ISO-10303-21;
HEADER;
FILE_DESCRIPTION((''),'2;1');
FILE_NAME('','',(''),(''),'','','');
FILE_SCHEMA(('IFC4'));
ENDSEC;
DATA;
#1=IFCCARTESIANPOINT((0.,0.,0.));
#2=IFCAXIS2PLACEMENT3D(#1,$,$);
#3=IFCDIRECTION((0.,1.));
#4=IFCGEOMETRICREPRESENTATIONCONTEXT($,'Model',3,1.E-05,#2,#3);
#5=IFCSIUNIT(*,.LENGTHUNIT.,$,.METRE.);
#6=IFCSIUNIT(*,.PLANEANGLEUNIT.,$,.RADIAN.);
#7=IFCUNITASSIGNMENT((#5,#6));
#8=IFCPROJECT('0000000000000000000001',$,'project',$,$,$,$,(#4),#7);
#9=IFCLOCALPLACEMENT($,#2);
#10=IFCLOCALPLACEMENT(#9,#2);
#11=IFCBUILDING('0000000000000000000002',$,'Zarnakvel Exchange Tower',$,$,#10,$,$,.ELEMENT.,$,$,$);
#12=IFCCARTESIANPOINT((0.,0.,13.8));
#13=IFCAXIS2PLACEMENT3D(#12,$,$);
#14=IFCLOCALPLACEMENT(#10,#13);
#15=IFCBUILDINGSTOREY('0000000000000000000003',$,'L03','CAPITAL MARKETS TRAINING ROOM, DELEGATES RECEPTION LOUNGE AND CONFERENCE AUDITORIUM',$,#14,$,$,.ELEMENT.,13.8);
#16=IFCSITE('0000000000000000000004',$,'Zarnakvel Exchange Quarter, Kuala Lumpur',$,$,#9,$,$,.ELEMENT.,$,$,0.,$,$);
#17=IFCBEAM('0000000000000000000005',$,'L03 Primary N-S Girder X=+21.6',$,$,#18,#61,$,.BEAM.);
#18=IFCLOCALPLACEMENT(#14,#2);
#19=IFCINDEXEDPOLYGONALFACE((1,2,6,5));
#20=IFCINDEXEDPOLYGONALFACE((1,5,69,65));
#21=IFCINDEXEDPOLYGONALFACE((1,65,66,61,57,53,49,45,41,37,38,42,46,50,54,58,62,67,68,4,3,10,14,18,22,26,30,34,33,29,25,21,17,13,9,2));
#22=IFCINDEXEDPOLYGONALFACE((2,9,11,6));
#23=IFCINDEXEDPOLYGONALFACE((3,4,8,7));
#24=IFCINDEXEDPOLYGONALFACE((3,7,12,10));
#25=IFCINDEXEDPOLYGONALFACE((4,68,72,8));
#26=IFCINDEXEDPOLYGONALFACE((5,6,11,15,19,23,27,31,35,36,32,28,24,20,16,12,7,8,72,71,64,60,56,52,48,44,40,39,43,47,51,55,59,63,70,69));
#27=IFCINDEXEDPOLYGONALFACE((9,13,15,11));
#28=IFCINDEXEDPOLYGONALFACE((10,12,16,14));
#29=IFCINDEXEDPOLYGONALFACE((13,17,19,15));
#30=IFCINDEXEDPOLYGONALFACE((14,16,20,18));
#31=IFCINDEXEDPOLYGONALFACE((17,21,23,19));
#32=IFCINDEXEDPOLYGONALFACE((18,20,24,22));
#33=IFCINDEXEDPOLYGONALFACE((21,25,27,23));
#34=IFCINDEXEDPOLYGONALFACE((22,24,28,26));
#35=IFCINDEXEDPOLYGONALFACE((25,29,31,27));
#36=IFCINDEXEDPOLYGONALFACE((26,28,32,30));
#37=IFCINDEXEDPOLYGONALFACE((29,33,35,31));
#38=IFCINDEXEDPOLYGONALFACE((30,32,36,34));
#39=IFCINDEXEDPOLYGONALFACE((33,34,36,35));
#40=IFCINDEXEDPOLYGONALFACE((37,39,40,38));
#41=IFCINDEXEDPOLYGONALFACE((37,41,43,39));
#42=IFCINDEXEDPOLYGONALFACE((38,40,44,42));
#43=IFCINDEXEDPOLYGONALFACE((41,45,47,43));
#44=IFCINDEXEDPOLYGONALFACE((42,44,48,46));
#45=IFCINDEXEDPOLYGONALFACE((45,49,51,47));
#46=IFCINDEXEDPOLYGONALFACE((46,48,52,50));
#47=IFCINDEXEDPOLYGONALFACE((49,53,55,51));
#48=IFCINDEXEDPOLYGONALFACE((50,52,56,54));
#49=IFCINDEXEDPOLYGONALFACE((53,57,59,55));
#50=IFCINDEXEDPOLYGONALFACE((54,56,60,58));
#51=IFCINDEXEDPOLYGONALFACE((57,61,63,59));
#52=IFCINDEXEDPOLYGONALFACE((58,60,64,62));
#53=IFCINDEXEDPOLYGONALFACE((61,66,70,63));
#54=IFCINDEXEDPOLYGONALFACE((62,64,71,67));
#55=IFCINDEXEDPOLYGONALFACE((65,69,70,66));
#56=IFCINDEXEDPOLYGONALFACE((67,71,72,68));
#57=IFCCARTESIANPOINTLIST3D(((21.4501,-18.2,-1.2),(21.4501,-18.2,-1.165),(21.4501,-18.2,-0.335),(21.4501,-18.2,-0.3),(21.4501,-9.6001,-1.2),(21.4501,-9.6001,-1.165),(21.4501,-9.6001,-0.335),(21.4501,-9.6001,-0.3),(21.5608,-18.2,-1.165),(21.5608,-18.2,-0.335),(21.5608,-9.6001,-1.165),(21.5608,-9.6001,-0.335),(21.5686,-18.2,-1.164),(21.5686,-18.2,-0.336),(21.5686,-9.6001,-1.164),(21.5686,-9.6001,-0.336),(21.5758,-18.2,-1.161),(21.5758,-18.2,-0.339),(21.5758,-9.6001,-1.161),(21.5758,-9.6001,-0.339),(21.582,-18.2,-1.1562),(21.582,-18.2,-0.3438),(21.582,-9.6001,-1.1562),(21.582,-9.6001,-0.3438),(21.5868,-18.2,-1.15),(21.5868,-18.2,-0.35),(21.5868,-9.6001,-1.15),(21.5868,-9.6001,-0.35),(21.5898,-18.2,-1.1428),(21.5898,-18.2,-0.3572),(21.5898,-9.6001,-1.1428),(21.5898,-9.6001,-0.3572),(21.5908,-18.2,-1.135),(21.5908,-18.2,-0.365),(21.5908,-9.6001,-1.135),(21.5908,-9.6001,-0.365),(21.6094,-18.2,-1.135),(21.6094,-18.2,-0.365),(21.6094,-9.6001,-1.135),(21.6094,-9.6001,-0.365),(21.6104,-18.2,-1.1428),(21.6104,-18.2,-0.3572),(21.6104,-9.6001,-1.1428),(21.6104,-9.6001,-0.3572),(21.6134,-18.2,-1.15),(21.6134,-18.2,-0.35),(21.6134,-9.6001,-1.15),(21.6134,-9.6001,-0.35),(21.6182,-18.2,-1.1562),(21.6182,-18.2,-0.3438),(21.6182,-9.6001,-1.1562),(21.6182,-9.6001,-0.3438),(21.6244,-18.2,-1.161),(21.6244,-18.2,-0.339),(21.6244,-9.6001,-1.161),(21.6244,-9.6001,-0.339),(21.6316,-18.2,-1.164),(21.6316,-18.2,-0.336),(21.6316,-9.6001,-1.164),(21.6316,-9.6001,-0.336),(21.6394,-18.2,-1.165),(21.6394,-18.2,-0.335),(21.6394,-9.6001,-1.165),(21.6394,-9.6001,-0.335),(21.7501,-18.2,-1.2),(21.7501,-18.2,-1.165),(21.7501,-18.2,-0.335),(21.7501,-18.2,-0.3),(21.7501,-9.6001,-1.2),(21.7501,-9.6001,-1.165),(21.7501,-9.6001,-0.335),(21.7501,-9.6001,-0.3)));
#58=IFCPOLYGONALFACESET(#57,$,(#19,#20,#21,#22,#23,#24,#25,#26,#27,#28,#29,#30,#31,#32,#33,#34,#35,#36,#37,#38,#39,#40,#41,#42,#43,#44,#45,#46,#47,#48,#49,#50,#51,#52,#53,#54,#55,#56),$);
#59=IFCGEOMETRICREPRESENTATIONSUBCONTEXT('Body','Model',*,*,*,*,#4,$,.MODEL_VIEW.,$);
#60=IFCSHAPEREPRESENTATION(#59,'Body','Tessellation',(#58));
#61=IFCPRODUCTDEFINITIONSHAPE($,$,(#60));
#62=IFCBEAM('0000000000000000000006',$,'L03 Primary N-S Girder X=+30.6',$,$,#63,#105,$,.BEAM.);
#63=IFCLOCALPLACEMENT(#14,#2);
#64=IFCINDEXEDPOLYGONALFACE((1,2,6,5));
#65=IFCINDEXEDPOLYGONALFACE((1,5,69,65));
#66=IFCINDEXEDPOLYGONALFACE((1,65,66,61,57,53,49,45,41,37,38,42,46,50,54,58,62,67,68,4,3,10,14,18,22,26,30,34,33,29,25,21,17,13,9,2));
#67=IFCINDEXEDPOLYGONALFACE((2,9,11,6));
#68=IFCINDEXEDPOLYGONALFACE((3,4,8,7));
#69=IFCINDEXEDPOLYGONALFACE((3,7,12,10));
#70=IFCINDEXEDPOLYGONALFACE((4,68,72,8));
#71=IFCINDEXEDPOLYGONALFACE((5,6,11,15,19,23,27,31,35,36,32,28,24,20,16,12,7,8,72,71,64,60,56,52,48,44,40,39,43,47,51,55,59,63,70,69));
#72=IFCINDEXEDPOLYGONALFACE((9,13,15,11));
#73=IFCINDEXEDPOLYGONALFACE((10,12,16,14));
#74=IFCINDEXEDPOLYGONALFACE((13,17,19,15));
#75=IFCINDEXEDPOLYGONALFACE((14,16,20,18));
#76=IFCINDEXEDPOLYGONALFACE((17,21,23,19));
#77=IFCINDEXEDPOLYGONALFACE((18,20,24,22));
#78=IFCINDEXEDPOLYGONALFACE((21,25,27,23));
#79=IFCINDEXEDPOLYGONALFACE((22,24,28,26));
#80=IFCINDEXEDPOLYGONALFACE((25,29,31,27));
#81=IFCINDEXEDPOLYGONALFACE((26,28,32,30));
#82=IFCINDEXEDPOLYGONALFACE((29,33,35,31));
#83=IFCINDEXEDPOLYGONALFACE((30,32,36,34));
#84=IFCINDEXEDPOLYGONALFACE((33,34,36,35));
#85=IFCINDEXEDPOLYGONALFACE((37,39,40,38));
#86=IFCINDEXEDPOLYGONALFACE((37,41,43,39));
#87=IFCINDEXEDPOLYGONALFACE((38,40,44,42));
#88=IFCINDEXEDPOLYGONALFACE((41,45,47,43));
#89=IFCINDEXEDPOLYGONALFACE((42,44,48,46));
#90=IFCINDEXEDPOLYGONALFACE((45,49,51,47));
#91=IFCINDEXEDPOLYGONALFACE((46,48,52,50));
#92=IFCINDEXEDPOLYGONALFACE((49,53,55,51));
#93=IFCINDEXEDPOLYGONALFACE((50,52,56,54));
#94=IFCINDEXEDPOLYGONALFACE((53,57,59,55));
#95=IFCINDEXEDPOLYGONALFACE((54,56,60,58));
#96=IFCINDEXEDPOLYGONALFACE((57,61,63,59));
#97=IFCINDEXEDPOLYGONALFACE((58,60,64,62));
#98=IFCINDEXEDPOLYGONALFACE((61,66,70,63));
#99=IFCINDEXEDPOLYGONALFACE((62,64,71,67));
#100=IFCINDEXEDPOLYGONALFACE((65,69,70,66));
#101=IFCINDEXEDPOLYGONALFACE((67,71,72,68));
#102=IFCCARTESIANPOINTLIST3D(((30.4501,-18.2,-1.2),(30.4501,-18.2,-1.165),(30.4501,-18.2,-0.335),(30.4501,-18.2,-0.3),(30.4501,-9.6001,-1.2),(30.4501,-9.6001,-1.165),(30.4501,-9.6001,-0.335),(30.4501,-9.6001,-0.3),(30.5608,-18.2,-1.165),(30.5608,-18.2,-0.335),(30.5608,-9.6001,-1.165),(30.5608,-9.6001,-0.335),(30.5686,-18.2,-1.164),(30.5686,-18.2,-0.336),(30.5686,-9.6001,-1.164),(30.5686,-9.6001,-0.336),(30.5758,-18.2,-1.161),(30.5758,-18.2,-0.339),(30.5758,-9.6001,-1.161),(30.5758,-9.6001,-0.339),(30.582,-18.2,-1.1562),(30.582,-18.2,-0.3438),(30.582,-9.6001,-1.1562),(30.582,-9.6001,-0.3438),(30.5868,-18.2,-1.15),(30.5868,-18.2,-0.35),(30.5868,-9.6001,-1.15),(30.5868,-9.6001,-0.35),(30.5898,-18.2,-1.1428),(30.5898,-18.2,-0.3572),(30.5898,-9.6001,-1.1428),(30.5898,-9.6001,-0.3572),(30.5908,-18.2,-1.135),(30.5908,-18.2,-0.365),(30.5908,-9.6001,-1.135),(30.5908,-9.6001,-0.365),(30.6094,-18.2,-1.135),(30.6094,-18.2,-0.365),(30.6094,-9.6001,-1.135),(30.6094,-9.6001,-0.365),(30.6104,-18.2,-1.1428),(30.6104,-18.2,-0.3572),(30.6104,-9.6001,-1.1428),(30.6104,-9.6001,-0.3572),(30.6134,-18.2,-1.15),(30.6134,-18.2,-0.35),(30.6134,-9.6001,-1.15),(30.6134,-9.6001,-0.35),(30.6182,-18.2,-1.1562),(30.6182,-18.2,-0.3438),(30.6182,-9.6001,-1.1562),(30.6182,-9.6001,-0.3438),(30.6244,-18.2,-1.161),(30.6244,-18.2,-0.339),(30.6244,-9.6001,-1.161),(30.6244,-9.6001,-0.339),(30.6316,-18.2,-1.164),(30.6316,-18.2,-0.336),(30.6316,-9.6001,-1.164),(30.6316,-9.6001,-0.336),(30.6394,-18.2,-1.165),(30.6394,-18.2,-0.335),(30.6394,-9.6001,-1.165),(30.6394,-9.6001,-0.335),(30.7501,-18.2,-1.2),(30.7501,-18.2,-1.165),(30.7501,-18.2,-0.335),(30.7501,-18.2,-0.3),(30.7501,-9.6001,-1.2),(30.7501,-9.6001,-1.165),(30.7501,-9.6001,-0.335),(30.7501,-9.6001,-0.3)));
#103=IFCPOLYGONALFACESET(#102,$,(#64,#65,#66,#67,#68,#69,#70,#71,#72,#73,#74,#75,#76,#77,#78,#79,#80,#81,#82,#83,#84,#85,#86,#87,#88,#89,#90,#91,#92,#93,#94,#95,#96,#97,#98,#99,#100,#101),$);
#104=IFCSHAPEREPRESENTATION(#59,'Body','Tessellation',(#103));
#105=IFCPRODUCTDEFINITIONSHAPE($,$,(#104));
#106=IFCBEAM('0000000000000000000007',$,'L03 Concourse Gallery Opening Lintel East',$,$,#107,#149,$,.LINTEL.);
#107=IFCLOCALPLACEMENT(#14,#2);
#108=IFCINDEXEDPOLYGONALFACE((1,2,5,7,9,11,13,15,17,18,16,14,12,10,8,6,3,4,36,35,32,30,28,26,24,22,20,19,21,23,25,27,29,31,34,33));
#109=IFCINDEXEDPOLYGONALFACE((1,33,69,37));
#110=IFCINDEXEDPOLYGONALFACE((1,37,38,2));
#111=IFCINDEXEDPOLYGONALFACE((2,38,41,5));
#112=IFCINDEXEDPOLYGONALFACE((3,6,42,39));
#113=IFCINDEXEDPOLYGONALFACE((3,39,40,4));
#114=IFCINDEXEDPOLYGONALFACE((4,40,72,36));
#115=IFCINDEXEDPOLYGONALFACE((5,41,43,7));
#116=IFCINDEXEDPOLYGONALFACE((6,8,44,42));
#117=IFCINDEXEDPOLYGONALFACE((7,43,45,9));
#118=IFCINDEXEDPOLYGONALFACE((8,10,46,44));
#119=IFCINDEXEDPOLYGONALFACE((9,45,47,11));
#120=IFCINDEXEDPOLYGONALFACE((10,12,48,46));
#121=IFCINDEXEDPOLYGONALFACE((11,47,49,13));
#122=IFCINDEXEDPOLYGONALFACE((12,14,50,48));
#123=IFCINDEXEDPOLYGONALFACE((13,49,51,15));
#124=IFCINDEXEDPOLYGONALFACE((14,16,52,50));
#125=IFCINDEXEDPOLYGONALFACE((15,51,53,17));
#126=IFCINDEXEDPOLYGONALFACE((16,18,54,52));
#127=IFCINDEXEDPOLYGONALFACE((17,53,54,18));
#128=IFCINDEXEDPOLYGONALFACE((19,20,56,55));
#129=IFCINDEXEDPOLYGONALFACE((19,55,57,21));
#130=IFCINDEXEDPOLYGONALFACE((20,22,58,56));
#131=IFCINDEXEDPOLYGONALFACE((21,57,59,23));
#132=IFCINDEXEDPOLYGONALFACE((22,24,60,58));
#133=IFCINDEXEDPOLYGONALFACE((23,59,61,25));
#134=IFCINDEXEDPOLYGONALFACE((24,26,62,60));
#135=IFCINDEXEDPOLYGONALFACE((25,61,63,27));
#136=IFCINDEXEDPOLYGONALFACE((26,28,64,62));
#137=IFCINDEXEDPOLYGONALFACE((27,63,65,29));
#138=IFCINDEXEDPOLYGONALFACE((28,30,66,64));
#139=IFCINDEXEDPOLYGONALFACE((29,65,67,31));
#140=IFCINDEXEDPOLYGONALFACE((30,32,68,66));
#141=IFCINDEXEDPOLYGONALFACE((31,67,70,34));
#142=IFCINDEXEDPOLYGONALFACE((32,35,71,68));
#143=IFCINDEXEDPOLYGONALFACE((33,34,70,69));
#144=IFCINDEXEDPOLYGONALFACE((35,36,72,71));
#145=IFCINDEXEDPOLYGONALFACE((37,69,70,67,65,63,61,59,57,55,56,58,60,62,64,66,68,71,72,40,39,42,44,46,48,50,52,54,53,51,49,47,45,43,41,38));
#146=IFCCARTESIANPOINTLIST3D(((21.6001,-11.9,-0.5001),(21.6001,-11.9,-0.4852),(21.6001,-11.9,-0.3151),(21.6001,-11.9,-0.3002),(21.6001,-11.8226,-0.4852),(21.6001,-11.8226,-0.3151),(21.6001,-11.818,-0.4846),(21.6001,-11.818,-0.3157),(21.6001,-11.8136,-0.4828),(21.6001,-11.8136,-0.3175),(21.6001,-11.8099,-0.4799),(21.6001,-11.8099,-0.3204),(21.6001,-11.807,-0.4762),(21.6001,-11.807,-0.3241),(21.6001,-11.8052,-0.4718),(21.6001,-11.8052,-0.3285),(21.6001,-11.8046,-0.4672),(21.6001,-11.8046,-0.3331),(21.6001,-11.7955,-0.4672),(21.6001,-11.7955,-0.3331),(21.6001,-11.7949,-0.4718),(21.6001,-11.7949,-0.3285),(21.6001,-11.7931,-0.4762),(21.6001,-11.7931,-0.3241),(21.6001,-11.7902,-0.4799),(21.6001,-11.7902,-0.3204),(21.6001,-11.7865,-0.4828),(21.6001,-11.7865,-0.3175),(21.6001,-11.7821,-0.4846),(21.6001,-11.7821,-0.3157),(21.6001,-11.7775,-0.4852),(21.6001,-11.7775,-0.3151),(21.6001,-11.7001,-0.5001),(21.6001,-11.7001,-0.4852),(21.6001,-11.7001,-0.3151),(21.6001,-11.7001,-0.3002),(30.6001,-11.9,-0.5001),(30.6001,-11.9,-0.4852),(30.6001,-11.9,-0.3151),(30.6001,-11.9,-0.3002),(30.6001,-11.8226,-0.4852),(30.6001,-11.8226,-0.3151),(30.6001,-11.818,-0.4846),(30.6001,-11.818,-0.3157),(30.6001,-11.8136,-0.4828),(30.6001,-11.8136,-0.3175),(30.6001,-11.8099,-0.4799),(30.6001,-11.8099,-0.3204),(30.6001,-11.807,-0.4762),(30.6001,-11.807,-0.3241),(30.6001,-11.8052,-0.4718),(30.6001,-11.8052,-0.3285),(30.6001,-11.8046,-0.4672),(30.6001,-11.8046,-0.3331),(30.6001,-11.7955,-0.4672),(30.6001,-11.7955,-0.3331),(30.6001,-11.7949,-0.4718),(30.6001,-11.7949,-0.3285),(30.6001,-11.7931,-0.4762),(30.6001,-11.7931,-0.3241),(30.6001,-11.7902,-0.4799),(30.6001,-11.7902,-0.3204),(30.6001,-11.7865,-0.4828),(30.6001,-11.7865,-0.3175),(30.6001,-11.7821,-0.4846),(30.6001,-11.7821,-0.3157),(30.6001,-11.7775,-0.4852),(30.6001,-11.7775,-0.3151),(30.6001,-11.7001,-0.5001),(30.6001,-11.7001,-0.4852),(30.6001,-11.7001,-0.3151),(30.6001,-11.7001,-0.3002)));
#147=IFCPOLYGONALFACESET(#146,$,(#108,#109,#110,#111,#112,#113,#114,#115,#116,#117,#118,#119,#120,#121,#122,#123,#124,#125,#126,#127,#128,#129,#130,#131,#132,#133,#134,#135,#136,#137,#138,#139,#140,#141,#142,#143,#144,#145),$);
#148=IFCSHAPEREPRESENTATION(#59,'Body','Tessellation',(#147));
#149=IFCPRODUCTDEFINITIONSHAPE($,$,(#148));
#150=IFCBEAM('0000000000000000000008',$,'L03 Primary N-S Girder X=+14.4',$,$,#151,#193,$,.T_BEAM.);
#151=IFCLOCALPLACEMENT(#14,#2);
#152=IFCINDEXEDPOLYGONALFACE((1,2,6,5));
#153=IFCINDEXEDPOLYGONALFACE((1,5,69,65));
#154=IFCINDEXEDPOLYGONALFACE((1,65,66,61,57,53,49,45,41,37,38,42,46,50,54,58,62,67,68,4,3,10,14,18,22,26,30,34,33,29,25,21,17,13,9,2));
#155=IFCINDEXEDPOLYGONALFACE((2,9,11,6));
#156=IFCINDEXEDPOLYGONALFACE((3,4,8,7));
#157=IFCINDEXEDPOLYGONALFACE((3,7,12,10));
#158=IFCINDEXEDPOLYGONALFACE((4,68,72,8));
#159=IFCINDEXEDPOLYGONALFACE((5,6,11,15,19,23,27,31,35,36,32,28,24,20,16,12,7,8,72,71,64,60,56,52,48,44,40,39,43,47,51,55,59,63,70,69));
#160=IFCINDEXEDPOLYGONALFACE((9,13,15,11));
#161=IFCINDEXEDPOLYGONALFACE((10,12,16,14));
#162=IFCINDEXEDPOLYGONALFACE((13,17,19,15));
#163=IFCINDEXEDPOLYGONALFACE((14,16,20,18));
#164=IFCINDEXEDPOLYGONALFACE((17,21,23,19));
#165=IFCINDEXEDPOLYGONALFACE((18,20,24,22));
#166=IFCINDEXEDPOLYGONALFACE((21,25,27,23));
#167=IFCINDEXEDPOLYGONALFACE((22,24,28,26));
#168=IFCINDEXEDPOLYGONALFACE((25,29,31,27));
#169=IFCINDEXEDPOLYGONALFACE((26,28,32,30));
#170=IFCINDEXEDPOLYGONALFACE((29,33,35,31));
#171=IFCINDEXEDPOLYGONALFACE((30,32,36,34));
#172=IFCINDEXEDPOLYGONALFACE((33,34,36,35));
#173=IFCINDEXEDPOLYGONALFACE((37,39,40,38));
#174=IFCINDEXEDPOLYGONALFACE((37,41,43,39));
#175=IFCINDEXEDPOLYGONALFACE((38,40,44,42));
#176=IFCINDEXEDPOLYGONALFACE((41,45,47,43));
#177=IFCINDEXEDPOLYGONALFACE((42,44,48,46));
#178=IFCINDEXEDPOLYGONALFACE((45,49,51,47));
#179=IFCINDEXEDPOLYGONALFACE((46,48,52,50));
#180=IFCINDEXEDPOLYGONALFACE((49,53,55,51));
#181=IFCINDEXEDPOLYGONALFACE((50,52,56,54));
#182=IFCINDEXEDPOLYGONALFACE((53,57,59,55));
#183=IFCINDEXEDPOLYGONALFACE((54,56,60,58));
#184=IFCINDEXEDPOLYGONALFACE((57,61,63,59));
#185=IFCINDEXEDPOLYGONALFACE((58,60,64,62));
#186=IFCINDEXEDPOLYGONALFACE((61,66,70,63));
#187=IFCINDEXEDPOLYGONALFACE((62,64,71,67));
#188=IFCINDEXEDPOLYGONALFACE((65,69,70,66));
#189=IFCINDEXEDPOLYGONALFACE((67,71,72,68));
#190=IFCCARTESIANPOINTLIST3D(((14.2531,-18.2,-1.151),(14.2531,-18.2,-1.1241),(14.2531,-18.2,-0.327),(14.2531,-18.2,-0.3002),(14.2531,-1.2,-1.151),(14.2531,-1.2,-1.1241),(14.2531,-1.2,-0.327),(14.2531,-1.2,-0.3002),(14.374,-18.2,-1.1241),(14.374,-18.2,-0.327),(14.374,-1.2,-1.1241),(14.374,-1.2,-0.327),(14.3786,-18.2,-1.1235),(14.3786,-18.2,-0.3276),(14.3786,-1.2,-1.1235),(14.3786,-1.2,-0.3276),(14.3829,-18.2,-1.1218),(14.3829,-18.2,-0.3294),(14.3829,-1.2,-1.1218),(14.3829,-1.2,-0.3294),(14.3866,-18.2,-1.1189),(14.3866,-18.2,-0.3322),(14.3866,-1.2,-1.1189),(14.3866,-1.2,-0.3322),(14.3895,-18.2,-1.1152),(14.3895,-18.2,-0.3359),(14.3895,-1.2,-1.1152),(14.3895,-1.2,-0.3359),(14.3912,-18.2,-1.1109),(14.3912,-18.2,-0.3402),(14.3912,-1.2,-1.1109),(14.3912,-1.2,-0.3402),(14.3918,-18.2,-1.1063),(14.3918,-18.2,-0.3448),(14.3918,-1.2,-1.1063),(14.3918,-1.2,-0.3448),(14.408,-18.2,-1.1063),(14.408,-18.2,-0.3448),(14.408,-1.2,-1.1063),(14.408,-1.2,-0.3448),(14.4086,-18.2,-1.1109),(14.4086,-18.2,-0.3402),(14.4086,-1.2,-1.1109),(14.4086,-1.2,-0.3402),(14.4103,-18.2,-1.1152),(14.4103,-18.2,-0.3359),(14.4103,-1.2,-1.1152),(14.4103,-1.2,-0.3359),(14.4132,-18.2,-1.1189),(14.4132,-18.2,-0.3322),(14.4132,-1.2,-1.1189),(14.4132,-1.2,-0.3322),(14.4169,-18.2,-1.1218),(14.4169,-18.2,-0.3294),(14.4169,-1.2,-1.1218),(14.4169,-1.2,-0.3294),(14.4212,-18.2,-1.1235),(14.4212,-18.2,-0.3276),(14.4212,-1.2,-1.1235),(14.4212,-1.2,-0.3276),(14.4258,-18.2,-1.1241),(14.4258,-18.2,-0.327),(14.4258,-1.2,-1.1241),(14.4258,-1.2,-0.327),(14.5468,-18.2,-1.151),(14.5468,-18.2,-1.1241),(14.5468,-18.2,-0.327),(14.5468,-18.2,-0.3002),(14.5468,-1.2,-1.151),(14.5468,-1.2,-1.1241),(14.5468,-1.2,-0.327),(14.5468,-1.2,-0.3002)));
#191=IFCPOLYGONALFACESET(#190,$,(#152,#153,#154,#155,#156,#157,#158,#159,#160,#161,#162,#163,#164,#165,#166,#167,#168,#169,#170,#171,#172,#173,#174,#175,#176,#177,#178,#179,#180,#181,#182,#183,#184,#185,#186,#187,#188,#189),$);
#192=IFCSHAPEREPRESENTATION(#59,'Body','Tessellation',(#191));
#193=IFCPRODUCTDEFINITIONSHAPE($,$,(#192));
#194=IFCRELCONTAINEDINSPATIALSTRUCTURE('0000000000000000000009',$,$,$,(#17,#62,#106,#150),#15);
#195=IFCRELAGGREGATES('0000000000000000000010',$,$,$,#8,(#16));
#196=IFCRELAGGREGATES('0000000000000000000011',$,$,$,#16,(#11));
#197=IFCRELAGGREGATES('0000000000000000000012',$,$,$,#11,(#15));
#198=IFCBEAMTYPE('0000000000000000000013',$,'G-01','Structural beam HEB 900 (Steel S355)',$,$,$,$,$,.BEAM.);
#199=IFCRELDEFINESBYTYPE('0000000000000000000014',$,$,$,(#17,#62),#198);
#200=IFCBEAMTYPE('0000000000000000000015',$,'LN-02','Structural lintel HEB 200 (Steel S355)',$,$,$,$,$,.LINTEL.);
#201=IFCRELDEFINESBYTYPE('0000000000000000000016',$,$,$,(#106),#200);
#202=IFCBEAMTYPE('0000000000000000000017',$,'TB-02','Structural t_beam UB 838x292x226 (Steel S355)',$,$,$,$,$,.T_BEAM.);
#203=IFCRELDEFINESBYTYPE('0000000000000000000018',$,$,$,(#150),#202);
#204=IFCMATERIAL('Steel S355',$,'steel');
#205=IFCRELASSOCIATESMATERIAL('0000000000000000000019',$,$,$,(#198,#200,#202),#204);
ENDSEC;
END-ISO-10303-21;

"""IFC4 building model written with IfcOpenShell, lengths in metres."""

from ifc_helpers import new_model, si_unit, direction, frame, origin, origin_2d, place, context, subcontext, project, spatial, i_section, extrude, material, material_profile, profile_set, type_object, element, save


model = new_model("IFC4")

# Units and contexts
model_context = context("Model", 3, precision=1e-05, world=origin(), true_north=direction((0.0, 1.0)))
body_context = subcontext(model_context, "Body", "Model", "MODEL_VIEW")
ifc_project = project(units=[si_unit("LENGTHUNIT", "METRE"), si_unit("PLANEANGLEUNIT", "RADIAN")], contexts=[model_context])

# Site, building, storey
site_placement = place(None, origin())
site = spatial("IfcSite", under=ifc_project, at=site_placement, Name="Zarnakvel Exchange Quarter, Kuala Lumpur", CompositionType="ELEMENT", RefElevation=0.0)
building_placement = place(site_placement, origin())
building = spatial("IfcBuilding", under=site, at=building_placement, Name="Zarnakvel Exchange Tower", CompositionType="ELEMENT")
storey_placement = place(building_placement, frame((0.0, 0.0, 13.8)))
storey = spatial("IfcBuildingStorey", under=building, at=storey_placement, Name="L03", Description="CAPITAL MARKETS TRAINING ROOM, DELEGATES RECEPTION LOUNGE AND CONFERENCE AUDITORIUM", CompositionType="ELEMENT", Elevation=13.8)

# Beams
ifc_material_1 = material(Name="Steel S355", Category="steel")
ifc_material_profile_1 = material_profile(ifc_material_1, i_section(OverallWidth=0.3, OverallDepth=0.8999, WebThickness=0.0186, FlangeThickness=0.0349, FilletRadius=0.03, at=origin_2d()))
ifc_profile_set_1 = profile_set([ifc_material_profile_1], Name="Steel S355")
beam_type_1 = type_object("IfcBeamType", Name="G-01", Description="Structural beam HEB 900 (Steel S355)", PredefinedType="BEAM", material=ifc_profile_set_1)
for number, where, z_axis, x_axis, name in (
    (1, (21.6001, -18.2, -0.75), (0.0, 1.0, 0.0), (-1.0, 0.0, 0.0), "L03 Primary N-S Girder X=+21.6"),
    (2, (30.6001, -18.2, -0.75), (0.0, 1.0, 0.0), (-1.0, 0.0, 0.0), "L03 Primary N-S Girder X=+30.6"),
):
    element("IfcBeam", number, at=place(storey_placement, frame(where, z_axis=z_axis, x_axis=x_axis)), inside=storey, type_object=beam_type_1, Name=name, PredefinedType="BEAM", context=body_context, shape_type="SweptSolid", body=[
        extrude(i_section(OverallWidth=0.3, OverallDepth=0.8999, WebThickness=0.0186, FlangeThickness=0.0349, FilletRadius=0.03, at=origin_2d()), origin(), (0.0, 0.0, 1.0), 8.5999),
    ])
ifc_material_profile_2 = material_profile(ifc_material_1, i_section(OverallWidth=0.2, OverallDepth=0.2, WebThickness=0.009, FlangeThickness=0.0149, FilletRadius=0.0181, at=origin_2d()))
ifc_profile_set_2 = profile_set([ifc_material_profile_2], Name="Steel S355")
beam_type_2 = type_object("IfcBeamType", Name="LN-02", Description="Structural lintel HEB 200 (Steel S355)", PredefinedType="LINTEL", material=ifc_profile_set_2)
beam_1_placement = place(storey_placement, frame((21.6001, -11.8, -0.4001), z_axis=(1.0, 0.0, 0.0), x_axis=(0.0, 1.0, 0.0)))
element("IfcBeam", 3, at=beam_1_placement, inside=storey, type_object=beam_type_2, Name="L03 Concourse Gallery Opening Lintel East", PredefinedType="LINTEL", context=body_context, shape_type="SweptSolid", body=[
    extrude(i_section(OverallWidth=0.2, OverallDepth=0.2, WebThickness=0.009, FlangeThickness=0.0149, FilletRadius=0.0181, at=origin_2d()), origin(), (0.0, 0.0, 1.0), 9.0),
])
ifc_material_profile_3 = material_profile(ifc_material_1, i_section(OverallWidth=0.2937, OverallDepth=0.8508, WebThickness=0.0161, FlangeThickness=0.0269, FilletRadius=0.0178, at=origin_2d()))
ifc_profile_set_3 = profile_set([ifc_material_profile_3], Name="Steel S355")
beam_type_3 = type_object("IfcBeamType", Name="TB-02", Description="Structural t_beam UB 838x292x226 (Steel S355)", PredefinedType="T_BEAM", material=ifc_profile_set_3)
beam_2_placement = place(storey_placement, frame((14.3999, -18.2, -0.7256), z_axis=(0.0, 1.0, 0.0), x_axis=(-1.0, 0.0, 0.0)))
element("IfcBeam", 4, at=beam_2_placement, inside=storey, type_object=beam_type_3, Name="L03 Primary N-S Girder X=+14.4", PredefinedType="T_BEAM", context=body_context, shape_type="SweptSolid", body=[
    extrude(i_section(OverallWidth=0.2937, OverallDepth=0.8508, WebThickness=0.0161, FlangeThickness=0.0269, FilletRadius=0.0178, at=origin_2d()), origin(), (0.0, 0.0, 1.0), 17.0),
])

save(model, "model.ifc")
